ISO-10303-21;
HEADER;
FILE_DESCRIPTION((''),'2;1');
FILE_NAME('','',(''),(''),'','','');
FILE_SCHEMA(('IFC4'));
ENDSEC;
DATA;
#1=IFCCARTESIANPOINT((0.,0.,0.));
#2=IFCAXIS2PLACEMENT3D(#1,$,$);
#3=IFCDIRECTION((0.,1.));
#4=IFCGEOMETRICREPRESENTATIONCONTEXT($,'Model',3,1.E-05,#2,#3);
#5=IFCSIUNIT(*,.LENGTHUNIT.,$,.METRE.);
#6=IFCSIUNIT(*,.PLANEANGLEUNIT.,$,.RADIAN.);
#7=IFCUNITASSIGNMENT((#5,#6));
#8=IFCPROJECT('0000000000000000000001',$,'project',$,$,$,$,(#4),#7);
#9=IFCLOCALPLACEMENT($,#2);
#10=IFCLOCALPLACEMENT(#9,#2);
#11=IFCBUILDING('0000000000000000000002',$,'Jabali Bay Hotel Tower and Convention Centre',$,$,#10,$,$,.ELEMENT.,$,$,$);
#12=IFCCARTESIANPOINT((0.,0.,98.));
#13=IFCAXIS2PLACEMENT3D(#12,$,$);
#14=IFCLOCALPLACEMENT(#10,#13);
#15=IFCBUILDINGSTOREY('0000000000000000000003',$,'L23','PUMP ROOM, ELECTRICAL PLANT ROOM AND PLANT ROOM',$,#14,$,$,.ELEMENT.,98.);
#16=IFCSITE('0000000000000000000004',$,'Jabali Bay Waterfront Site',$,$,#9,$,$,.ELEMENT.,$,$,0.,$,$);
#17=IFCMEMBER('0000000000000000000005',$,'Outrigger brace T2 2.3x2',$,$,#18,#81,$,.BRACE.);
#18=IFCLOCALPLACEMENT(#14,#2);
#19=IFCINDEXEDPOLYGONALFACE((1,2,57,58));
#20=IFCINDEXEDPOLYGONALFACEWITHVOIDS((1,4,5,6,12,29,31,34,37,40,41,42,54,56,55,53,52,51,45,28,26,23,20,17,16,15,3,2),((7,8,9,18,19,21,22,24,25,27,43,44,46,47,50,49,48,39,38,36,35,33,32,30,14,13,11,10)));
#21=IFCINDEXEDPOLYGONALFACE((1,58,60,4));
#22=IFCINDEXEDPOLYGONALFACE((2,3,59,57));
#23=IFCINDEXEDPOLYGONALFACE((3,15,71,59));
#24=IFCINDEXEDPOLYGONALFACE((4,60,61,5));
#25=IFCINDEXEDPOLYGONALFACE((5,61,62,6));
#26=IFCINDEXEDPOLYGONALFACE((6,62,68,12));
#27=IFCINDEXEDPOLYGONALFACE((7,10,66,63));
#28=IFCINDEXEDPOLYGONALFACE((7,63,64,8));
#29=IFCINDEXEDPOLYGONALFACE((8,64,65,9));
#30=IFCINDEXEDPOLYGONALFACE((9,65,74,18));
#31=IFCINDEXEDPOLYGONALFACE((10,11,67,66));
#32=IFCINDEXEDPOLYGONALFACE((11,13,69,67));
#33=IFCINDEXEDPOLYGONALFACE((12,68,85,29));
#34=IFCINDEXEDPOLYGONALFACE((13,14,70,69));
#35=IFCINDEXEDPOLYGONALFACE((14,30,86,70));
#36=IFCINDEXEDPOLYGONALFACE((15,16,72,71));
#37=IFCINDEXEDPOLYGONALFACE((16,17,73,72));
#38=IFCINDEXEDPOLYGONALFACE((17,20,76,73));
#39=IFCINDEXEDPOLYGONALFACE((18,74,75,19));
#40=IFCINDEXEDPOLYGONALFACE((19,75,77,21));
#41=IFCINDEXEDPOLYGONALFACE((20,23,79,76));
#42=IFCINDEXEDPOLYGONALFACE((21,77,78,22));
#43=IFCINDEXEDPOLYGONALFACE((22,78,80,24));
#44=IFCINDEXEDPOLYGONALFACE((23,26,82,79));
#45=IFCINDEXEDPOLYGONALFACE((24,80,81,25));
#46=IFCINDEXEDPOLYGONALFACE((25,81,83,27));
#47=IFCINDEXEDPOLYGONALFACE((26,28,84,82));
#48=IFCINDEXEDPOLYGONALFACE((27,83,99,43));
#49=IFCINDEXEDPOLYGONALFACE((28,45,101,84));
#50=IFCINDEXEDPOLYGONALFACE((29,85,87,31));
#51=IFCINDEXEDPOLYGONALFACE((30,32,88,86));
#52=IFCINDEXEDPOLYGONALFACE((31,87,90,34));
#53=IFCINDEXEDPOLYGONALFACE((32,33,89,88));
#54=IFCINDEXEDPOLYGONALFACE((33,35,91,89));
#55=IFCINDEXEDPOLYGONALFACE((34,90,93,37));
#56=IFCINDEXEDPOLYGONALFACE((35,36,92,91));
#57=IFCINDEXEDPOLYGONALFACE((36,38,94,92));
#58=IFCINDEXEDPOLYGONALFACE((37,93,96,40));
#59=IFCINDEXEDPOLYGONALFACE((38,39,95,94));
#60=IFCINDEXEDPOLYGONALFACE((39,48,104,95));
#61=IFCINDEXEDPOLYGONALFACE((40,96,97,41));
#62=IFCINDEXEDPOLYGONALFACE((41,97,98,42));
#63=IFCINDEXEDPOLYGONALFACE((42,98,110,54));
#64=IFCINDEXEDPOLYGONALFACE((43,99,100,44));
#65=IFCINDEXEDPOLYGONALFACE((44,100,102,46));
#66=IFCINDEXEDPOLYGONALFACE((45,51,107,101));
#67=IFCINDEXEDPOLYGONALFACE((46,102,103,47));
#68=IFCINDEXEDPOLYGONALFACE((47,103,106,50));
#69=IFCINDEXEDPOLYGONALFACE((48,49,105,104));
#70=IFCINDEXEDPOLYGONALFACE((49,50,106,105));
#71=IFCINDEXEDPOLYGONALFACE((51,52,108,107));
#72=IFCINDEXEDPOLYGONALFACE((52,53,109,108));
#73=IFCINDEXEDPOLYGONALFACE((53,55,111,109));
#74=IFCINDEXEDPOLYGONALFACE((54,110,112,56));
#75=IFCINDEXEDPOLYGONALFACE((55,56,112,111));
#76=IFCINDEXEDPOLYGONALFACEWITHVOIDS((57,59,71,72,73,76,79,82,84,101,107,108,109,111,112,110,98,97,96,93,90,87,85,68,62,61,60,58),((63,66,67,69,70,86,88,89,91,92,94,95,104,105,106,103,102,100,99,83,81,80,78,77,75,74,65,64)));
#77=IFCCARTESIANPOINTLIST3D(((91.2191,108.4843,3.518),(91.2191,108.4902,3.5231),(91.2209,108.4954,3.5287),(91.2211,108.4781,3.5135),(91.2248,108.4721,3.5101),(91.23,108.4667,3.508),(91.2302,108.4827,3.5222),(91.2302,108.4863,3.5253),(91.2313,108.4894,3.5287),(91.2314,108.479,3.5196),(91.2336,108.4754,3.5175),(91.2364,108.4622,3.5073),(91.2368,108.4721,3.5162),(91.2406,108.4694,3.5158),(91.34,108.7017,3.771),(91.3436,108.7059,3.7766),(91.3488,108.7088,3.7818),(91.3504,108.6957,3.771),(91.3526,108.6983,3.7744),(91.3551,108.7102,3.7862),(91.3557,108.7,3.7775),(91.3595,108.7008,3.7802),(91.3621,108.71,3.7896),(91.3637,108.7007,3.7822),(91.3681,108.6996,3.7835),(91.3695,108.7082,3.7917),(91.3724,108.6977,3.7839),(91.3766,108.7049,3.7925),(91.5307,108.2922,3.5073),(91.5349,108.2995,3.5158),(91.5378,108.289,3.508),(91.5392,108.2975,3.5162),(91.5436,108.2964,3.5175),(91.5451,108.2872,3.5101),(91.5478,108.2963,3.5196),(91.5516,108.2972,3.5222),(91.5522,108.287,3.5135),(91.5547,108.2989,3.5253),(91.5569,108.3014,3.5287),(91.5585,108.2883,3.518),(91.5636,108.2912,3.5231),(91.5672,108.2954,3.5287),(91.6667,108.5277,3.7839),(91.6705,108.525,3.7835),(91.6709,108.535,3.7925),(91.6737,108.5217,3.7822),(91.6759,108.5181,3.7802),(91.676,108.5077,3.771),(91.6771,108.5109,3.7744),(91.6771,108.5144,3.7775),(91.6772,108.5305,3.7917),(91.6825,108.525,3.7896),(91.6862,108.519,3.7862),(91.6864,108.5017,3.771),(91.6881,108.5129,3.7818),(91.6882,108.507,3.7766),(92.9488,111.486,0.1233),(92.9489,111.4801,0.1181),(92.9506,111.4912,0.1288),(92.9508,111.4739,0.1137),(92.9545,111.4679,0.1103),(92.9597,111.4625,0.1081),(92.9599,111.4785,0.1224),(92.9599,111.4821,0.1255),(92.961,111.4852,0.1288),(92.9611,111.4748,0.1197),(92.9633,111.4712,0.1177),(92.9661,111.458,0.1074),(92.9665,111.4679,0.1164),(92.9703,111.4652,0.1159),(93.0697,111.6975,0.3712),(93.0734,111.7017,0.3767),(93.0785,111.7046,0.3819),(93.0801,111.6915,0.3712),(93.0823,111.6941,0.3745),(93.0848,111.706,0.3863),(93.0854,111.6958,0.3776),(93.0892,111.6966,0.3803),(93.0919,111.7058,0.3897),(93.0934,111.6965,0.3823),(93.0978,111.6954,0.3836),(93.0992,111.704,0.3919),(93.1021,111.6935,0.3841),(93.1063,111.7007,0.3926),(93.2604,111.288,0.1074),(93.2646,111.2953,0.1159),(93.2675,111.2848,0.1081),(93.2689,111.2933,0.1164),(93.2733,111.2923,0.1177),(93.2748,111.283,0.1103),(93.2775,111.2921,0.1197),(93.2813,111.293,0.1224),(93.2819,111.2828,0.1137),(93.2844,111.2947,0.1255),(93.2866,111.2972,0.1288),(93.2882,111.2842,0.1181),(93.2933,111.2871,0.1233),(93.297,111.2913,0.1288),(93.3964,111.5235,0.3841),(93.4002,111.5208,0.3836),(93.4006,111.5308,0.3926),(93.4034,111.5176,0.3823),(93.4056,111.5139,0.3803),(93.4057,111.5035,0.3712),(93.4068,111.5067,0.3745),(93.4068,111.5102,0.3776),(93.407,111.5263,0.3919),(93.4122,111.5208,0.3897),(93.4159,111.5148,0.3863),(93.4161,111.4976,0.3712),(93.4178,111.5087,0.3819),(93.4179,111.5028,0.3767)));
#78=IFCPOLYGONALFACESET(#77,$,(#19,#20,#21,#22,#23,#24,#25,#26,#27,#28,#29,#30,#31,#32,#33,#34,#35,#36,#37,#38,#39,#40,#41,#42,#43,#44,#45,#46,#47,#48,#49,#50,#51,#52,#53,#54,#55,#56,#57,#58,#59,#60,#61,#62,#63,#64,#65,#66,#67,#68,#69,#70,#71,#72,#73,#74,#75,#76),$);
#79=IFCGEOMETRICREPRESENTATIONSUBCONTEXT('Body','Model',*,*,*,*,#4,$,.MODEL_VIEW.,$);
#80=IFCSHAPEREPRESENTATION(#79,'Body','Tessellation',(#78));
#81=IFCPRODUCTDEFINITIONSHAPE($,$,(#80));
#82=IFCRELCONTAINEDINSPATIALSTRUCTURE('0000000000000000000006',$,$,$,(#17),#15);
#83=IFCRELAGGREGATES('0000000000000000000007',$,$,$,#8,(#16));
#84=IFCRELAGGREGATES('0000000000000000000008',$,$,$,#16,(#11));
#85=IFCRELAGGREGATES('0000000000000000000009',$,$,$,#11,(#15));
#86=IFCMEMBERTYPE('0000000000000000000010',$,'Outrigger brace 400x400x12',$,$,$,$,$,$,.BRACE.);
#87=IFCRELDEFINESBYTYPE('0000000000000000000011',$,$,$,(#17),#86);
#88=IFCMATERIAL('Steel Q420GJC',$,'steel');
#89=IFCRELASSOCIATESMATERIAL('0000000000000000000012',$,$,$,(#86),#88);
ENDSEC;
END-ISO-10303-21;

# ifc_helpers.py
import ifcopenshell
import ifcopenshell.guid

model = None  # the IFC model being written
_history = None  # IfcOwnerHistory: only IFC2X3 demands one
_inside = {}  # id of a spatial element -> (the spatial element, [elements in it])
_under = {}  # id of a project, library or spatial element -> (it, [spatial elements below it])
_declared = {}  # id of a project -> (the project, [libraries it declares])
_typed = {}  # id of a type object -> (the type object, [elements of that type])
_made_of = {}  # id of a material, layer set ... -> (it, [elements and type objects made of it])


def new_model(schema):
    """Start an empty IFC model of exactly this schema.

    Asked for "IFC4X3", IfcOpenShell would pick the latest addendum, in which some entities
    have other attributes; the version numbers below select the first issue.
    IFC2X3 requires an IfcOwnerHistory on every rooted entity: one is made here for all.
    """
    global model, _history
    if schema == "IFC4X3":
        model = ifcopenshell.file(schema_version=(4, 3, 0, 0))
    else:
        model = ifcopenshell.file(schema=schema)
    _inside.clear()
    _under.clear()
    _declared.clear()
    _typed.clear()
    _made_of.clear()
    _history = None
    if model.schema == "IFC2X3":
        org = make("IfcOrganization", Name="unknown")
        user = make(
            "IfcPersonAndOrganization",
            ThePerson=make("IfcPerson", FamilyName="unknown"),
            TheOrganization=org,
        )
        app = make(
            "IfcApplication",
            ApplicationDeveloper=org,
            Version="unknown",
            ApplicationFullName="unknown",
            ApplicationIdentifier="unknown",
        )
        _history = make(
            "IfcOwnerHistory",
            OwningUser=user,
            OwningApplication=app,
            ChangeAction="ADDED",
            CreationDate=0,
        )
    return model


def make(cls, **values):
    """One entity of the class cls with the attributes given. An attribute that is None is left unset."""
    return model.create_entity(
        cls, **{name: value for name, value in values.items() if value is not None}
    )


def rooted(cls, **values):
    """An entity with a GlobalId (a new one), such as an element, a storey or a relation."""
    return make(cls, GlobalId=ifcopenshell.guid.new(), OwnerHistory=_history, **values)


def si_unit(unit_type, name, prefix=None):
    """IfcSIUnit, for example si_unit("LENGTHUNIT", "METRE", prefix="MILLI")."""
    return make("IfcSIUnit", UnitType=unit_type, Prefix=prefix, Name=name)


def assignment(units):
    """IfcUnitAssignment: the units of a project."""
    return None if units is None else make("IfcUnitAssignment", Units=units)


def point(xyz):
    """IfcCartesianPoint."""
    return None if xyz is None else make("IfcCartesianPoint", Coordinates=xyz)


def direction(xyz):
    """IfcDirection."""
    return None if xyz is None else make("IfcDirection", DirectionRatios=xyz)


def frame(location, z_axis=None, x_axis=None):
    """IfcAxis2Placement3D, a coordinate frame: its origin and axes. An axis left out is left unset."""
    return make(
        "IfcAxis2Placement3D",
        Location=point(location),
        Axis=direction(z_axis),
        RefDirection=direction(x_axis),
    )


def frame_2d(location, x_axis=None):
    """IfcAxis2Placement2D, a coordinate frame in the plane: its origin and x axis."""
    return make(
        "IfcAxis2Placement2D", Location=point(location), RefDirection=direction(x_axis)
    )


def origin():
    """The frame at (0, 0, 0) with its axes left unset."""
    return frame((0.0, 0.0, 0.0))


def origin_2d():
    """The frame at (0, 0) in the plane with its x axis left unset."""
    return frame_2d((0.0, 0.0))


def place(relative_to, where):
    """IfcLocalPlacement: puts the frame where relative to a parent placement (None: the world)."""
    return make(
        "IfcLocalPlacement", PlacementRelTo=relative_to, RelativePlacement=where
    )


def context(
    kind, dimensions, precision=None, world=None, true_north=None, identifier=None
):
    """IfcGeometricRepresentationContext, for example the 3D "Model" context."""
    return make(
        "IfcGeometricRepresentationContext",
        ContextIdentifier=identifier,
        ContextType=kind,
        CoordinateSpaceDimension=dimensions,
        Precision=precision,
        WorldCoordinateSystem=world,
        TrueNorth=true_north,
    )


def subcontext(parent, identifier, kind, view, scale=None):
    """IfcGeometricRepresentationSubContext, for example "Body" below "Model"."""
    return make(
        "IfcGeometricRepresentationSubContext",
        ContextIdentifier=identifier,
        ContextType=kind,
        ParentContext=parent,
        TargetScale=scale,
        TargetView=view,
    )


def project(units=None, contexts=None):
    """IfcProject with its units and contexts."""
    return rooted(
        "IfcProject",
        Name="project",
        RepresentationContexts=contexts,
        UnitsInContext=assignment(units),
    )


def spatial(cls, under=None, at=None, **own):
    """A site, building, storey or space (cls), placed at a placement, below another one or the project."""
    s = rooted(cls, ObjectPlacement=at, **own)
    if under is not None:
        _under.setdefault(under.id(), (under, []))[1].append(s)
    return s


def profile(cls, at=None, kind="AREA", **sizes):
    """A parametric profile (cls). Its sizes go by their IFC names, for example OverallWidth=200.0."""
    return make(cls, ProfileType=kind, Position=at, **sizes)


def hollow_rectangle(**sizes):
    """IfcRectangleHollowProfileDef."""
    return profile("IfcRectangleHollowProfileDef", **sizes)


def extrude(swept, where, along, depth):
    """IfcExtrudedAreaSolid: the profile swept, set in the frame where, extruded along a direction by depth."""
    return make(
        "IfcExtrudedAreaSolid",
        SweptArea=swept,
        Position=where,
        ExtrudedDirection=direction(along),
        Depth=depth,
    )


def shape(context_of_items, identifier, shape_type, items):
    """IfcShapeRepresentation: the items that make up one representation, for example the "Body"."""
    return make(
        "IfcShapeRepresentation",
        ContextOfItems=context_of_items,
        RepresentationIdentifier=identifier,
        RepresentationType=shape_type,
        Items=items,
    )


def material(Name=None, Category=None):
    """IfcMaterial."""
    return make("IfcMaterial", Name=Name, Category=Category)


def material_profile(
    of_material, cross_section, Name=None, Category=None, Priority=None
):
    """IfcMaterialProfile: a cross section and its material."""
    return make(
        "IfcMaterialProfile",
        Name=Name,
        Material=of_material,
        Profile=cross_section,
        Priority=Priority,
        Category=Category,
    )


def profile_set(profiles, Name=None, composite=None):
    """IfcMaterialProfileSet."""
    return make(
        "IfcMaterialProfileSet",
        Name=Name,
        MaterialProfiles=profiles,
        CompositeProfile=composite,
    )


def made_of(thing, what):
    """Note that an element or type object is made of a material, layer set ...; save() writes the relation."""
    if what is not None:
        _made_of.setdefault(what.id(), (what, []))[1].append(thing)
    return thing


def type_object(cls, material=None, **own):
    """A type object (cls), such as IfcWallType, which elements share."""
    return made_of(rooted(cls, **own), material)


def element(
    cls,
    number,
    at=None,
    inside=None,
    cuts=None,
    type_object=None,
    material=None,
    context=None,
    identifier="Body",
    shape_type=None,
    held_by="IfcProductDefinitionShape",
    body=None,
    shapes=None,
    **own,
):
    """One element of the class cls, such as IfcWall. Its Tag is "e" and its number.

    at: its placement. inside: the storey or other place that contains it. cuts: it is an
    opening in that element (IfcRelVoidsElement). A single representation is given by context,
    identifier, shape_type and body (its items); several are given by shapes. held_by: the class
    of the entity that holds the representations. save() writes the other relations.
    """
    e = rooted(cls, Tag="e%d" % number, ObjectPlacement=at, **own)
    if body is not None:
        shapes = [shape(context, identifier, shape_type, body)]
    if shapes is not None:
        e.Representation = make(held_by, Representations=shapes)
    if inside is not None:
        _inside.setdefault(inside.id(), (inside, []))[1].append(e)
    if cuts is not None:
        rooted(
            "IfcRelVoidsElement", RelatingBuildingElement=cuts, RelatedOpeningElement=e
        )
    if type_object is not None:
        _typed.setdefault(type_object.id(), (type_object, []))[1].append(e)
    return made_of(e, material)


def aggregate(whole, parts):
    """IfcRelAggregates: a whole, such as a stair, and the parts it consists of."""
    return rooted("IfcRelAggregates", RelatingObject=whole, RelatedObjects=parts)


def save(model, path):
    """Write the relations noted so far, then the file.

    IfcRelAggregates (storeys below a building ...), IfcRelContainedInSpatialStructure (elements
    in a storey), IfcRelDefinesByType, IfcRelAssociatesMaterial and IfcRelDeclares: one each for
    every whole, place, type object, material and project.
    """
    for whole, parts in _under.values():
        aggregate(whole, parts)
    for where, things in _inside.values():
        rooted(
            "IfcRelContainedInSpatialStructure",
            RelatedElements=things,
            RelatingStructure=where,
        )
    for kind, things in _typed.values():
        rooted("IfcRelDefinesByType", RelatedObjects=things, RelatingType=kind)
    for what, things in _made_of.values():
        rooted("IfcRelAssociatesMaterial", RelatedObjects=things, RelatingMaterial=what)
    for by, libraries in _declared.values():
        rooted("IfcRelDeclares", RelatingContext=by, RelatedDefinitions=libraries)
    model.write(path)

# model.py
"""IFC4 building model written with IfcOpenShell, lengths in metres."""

from ifc_helpers import new_model, si_unit, direction, frame, origin, origin_2d, place, context, subcontext, project, spatial, hollow_rectangle, extrude, material, material_profile, profile_set, type_object, element, save


model = new_model("IFC4")

# Units and contexts
model_context = context("Model", 3, precision=1e-05, world=origin(), true_north=direction((0.0, 1.0)))
body_context = subcontext(model_context, "Body", "Model", "MODEL_VIEW")
ifc_project = project(units=[si_unit("LENGTHUNIT", "METRE"), si_unit("PLANEANGLEUNIT", "RADIAN")], contexts=[model_context])

# Site, building, storey
site_placement = place(None, origin())
site = spatial("IfcSite", under=ifc_project, at=site_placement, Name="Jabali Bay Waterfront Site", CompositionType="ELEMENT", RefElevation=0.0)
building_placement = place(site_placement, origin())
building = spatial("IfcBuilding", under=site, at=building_placement, Name="Jabali Bay Hotel Tower and Convention Centre", CompositionType="ELEMENT")
storey_placement = place(building_placement, frame((0.0, 0.0, 98.0)))
storey = spatial("IfcBuildingStorey", under=building, at=storey_placement, Name="L23", Description="PUMP ROOM, ELECTRICAL PLANT ROOM AND PLANT ROOM", CompositionType="ELEMENT", Elevation=98.0)

# Member
ifc_material_1 = material(Name="Steel Q420GJC", Category="steel")
ifc_material_profile_1 = material_profile(ifc_material_1, hollow_rectangle(XDim=0.3999, YDim=0.3999, WallThickness=0.012, InnerFilletRadius=0.0181, OuterFilletRadius=0.03, at=origin_2d()), Name="Outrigger brace 400x400x12")
ifc_profile_set_1 = profile_set([ifc_material_profile_1], Name="Steel Q420GJC")
member_type_1 = type_object("IfcMemberType", Name="Outrigger brace 400x400x12", PredefinedType="BRACE", material=ifc_profile_set_1)
member_1_placement = place(storey_placement, frame((93.1833, 111.4944, 0.25), z_axis=(-0.356617, -0.617649, 0.700952), x_axis=(0.866015, -0.500018, 0.0)))
element("IfcMember", 1, at=member_1_placement, inside=storey, type_object=member_type_1, Name="Outrigger brace T2 2.3x2", PredefinedType="BRACE", context=body_context, shape_type="SweptSolid", body=[
    extrude(hollow_rectangle(XDim=0.3999, YDim=0.3999, WallThickness=0.012, InnerFilletRadius=0.0181, OuterFilletRadius=0.03, at=origin_2d()), origin(), (0.0, 0.0, 1.0), 4.8503),
])

save(model, "model.ifc")
